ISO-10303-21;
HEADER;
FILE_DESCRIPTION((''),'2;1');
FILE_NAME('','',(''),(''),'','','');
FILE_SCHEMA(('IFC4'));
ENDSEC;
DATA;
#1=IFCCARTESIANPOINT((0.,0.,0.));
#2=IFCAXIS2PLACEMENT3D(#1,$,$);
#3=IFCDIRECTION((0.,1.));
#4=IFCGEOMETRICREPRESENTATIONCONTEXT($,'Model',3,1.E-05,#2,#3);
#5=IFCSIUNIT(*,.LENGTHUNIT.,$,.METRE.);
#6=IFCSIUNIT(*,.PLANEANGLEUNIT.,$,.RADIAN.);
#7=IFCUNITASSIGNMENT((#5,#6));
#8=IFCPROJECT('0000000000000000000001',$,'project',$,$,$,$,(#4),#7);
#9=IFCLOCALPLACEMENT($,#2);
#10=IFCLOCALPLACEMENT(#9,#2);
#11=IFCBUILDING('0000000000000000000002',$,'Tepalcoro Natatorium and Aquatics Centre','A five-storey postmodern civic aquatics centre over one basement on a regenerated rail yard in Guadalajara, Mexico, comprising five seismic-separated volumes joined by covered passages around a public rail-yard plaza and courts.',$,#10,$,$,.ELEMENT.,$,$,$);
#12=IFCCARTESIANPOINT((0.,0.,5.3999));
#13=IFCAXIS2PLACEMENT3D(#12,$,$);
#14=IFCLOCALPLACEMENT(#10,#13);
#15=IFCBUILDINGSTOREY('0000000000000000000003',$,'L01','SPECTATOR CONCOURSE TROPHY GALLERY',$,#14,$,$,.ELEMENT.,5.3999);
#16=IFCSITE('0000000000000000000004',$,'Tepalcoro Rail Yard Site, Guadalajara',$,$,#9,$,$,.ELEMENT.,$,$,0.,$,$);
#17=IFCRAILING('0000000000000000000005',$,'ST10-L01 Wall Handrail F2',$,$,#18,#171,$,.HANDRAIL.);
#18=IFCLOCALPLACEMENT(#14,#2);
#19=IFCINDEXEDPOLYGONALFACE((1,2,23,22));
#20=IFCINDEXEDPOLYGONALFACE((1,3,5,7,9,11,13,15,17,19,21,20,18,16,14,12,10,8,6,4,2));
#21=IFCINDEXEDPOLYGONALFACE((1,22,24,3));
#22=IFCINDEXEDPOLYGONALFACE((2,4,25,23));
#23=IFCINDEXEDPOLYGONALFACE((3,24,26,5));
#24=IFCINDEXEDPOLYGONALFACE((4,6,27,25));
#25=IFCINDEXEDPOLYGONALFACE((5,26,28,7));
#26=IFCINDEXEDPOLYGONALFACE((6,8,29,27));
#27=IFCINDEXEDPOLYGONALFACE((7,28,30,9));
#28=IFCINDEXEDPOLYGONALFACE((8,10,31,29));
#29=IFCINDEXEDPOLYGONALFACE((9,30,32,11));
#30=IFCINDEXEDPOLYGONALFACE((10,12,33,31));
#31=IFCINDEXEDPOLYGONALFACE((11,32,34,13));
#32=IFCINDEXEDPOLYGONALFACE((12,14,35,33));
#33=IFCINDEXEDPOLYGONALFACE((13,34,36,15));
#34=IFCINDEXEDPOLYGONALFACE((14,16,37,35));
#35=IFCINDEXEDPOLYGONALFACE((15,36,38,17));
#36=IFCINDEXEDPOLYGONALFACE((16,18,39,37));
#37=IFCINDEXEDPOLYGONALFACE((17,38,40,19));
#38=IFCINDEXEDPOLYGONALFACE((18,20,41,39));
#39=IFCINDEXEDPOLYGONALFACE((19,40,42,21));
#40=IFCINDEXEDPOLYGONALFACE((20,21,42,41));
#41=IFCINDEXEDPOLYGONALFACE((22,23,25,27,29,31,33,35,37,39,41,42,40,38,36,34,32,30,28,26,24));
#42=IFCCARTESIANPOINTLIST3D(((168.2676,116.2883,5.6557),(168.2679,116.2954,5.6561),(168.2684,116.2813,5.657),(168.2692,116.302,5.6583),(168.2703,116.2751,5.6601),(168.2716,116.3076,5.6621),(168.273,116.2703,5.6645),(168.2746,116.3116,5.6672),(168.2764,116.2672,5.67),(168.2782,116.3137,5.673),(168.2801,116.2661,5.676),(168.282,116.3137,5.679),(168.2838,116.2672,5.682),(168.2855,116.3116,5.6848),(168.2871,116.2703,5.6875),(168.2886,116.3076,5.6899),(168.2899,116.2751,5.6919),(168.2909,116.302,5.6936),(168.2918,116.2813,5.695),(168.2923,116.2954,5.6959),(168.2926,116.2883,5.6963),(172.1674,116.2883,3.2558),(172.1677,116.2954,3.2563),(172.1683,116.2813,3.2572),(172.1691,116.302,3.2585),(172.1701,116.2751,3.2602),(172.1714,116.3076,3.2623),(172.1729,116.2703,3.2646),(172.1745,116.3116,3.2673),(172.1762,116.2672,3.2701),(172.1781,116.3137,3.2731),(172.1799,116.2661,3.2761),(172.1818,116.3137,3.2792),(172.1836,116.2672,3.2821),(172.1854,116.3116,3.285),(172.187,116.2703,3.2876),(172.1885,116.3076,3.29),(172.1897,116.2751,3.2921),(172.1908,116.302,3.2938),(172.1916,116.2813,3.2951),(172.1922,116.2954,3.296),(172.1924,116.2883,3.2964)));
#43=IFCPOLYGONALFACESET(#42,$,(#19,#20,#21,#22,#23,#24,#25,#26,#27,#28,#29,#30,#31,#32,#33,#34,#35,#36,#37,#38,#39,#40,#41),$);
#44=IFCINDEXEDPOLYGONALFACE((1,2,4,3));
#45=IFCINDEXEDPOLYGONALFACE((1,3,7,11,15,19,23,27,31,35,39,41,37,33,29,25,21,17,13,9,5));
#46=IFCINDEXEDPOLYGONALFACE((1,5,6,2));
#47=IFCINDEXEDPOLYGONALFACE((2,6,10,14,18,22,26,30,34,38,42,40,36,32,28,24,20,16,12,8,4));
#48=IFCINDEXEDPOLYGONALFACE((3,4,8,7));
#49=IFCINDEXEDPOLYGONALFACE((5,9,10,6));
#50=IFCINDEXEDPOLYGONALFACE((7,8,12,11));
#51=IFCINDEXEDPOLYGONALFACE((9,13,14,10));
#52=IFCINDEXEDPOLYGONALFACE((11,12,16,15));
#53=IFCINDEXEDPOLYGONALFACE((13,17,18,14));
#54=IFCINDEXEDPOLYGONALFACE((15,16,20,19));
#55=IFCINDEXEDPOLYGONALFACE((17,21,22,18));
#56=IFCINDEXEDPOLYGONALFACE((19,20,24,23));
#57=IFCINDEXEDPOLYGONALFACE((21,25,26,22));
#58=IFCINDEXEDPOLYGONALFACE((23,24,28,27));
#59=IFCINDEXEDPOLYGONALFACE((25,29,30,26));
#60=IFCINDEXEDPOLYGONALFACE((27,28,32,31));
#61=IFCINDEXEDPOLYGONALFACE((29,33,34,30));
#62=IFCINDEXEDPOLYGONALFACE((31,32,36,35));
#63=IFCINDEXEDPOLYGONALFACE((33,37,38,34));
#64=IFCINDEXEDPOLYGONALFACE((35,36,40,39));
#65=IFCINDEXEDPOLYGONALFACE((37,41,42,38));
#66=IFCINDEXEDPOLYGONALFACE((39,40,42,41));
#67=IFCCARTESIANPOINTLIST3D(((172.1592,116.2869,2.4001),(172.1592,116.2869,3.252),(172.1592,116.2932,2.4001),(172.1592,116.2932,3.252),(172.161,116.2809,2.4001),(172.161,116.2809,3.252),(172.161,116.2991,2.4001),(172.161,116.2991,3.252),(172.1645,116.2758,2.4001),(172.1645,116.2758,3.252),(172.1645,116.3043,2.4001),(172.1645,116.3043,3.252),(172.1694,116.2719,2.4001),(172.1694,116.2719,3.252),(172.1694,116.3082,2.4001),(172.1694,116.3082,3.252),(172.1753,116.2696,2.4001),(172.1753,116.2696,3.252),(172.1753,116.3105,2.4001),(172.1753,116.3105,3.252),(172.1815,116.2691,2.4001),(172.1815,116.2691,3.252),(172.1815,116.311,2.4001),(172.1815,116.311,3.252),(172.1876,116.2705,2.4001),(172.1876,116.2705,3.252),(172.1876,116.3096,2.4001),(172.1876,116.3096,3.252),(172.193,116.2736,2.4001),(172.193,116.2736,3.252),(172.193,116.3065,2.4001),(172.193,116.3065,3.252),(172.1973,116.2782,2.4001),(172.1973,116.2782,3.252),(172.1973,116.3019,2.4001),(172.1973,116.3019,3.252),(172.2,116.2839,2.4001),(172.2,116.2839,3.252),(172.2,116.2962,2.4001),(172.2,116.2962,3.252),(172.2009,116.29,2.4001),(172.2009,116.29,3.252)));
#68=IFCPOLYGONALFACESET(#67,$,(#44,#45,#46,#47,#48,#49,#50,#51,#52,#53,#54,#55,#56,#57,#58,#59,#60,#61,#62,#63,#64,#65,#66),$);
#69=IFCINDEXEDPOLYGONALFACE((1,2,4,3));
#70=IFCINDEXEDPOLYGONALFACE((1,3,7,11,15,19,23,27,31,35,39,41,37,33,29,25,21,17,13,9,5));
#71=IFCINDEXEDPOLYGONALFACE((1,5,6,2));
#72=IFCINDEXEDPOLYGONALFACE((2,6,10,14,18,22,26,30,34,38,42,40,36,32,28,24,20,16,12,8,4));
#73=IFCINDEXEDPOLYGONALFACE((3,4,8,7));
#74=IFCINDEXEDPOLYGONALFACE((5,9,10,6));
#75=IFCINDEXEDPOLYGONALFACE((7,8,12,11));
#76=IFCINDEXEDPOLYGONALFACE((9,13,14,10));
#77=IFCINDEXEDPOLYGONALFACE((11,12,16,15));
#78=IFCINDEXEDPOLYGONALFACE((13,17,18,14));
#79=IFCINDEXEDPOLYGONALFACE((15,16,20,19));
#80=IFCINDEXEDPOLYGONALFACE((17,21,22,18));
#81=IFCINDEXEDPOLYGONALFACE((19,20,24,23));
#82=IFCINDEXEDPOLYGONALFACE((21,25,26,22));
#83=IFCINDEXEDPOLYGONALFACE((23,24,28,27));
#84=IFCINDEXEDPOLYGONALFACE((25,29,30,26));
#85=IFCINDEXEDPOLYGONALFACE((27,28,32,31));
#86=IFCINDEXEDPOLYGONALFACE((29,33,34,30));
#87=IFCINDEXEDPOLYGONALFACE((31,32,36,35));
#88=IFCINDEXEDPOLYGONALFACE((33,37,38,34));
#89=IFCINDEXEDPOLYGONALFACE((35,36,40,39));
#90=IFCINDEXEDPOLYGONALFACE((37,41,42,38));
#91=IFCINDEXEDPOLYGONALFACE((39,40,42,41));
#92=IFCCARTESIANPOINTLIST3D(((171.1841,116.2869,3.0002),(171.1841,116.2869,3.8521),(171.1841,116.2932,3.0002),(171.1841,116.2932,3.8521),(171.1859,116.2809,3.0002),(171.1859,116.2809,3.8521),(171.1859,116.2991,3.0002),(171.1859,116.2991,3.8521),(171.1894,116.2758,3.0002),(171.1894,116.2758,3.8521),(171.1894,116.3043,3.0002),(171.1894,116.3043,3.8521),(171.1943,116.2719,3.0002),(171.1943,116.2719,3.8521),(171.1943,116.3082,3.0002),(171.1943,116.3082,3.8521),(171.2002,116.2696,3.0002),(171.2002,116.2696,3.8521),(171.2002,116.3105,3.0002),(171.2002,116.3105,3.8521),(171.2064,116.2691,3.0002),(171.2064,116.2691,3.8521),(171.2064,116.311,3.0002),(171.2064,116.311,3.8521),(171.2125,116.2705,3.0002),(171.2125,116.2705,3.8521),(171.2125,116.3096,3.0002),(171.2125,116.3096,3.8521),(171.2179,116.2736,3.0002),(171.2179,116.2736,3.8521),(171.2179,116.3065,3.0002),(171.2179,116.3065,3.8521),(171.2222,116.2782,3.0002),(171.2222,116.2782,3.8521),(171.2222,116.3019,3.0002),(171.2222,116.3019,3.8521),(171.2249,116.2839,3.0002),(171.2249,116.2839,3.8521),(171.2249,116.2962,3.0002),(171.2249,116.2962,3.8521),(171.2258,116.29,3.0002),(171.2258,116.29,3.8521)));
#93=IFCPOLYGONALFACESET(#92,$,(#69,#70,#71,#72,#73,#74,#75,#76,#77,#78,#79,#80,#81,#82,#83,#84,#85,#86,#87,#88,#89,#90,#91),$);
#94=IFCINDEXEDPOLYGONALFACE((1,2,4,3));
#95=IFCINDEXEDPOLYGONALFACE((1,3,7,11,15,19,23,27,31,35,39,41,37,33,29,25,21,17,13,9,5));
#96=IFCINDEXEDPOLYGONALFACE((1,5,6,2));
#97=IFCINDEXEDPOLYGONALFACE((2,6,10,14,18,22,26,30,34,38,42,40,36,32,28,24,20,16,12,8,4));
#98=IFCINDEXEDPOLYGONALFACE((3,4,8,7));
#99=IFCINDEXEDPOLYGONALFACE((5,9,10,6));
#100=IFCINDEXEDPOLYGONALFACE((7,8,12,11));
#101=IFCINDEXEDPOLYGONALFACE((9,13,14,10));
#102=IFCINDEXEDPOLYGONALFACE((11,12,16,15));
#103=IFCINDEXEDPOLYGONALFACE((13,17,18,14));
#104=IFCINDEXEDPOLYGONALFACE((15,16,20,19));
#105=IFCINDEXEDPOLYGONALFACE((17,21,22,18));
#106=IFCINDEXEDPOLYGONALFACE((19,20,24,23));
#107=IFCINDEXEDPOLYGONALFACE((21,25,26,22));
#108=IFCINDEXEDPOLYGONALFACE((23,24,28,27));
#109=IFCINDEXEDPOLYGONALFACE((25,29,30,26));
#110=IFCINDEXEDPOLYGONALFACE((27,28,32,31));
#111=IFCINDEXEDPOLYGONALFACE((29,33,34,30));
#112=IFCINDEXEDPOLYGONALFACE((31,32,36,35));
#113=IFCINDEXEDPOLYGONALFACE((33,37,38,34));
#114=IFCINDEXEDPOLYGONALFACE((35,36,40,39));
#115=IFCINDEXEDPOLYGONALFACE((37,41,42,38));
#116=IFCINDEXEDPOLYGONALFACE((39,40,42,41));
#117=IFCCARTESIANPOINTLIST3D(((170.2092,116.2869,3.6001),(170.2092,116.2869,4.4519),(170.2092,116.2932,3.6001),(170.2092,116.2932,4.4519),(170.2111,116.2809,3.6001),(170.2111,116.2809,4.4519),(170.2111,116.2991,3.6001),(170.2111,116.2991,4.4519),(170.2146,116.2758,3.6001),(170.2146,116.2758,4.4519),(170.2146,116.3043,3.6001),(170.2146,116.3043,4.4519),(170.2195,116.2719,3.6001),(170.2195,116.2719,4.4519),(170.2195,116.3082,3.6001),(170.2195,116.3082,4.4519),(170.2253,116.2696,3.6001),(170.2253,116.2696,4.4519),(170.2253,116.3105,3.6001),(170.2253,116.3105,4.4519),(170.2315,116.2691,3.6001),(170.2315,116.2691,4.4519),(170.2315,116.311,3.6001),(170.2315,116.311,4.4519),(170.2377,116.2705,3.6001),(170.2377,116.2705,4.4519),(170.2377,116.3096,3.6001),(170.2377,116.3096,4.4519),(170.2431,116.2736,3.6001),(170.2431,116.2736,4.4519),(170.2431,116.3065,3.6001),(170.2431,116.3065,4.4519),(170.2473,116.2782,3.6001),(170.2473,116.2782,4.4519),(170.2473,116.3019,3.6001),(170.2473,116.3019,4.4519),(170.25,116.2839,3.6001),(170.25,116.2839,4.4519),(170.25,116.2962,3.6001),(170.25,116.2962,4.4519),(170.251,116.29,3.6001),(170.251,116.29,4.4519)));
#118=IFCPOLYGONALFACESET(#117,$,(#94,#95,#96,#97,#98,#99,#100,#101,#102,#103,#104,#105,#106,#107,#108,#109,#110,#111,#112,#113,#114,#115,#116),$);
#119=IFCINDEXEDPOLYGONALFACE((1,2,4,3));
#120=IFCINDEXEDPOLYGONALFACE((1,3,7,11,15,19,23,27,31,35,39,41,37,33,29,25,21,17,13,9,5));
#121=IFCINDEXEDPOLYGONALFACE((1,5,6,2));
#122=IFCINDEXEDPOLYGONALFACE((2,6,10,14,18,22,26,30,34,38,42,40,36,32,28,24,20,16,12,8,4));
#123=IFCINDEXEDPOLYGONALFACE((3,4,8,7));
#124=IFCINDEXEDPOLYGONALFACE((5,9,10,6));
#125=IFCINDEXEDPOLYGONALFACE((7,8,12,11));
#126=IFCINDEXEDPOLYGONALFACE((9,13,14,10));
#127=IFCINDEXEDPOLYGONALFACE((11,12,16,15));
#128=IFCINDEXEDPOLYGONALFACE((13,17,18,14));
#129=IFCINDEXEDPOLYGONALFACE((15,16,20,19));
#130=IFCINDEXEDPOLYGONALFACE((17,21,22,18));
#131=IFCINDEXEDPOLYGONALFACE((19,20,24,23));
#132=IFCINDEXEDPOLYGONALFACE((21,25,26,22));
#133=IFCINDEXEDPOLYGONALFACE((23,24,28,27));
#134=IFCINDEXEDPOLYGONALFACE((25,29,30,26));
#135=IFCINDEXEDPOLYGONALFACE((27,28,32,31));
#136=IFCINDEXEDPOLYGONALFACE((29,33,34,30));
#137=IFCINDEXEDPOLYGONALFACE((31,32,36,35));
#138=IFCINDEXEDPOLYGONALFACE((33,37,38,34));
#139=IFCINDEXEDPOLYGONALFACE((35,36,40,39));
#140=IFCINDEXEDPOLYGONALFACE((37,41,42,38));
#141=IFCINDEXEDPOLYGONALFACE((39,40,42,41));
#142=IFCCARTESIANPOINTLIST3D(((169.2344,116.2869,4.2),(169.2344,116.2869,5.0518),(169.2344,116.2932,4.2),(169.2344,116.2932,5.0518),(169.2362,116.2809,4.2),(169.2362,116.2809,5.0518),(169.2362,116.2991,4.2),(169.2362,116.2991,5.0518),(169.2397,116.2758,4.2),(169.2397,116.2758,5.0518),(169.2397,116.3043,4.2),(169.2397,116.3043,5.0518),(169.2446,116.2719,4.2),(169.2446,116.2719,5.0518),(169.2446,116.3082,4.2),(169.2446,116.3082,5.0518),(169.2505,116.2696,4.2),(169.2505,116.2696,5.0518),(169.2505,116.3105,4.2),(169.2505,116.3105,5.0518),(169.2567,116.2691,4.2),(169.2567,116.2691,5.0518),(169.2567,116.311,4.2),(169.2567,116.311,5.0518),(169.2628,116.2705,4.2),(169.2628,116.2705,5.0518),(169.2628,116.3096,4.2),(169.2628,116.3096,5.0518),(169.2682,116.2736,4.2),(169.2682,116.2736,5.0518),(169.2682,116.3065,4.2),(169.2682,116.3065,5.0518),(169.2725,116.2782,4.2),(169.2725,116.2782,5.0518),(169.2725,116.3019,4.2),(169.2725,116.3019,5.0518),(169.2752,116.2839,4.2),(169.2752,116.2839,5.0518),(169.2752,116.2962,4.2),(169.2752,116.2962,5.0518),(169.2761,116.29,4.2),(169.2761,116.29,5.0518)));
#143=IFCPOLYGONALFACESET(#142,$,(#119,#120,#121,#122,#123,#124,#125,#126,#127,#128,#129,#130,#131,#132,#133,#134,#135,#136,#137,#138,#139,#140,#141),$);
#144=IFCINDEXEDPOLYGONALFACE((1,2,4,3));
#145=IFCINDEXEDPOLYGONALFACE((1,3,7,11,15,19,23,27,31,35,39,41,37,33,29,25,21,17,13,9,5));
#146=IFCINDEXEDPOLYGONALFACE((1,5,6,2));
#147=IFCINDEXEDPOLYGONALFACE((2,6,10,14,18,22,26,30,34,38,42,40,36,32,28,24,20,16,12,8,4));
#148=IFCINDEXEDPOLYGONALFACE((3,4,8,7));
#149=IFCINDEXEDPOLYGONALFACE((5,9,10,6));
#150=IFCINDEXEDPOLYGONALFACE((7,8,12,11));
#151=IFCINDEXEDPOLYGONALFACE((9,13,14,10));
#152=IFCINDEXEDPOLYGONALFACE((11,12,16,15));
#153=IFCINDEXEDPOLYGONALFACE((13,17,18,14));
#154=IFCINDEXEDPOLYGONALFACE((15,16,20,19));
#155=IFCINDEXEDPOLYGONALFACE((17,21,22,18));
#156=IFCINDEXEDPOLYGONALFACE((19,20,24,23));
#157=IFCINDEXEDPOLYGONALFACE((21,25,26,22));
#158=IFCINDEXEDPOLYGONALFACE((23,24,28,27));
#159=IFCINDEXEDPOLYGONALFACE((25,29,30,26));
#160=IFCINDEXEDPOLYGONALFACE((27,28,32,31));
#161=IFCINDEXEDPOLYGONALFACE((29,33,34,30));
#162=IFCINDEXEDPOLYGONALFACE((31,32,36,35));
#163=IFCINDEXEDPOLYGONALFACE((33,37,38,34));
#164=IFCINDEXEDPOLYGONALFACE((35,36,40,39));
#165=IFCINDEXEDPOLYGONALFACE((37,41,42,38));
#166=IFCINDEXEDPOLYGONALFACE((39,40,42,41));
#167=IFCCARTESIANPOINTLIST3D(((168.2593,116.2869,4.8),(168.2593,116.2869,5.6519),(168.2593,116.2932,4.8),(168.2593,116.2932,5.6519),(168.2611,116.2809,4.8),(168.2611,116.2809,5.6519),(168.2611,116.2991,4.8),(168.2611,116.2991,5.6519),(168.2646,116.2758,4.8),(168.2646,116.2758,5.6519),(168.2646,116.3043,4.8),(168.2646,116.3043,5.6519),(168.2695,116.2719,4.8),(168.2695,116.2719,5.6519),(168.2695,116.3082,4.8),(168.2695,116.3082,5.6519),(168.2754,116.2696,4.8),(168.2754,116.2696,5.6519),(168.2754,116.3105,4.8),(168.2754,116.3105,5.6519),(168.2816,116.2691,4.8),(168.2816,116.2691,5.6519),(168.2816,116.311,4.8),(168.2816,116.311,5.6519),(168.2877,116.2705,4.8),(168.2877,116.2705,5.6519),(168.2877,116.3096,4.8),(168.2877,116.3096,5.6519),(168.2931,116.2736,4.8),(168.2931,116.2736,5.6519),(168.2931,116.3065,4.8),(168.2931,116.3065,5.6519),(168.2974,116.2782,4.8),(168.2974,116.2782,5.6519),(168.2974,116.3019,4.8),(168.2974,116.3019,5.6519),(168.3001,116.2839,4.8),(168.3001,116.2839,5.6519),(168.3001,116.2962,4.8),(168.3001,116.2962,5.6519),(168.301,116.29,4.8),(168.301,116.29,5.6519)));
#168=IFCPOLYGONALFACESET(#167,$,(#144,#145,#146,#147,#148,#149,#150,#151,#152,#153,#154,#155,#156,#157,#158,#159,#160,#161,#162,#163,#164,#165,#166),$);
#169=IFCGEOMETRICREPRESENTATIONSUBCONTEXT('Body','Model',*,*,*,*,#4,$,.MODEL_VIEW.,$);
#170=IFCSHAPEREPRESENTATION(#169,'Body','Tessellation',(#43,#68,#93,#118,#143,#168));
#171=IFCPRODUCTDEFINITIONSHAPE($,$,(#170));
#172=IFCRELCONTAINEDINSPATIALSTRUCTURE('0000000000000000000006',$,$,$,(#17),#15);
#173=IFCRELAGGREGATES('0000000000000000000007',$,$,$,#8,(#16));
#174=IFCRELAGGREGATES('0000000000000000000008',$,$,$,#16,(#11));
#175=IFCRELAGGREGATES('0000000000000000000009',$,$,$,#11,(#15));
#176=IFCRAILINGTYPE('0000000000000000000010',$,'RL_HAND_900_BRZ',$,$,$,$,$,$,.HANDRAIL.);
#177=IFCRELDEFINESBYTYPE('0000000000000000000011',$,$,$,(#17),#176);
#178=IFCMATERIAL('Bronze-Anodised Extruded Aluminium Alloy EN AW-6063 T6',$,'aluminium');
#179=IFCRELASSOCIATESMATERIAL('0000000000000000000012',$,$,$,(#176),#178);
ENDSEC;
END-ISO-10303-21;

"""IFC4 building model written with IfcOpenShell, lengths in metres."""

from ifc_helpers import new_model, si_unit, direction, frame, origin, origin_2d, place, context, subcontext, project, spatial, circle, extrude, material, type_object, element, save


model = new_model("IFC4")

# Units and contexts
model_context = context("Model", 3, precision=1e-05, world=origin(), true_north=direction((0.0, 1.0)))
body_context = subcontext(model_context, "Body", "Model", "MODEL_VIEW")
ifc_project = project(units=[si_unit("LENGTHUNIT", "METRE"), si_unit("PLANEANGLEUNIT", "RADIAN")], contexts=[model_context])

# Site, building, storey
site_placement = place(None, origin())
site = spatial("IfcSite", under=ifc_project, at=site_placement, Name="Tepalcoro Rail Yard Site, Guadalajara", CompositionType="ELEMENT", RefElevation=0.0)
building_placement = place(site_placement, origin())
building = spatial("IfcBuilding", under=site, at=building_placement, Name="Tepalcoro Natatorium and Aquatics Centre", Description="A five-storey postmodern civic aquatics centre over one basement on a regenerated rail yard in Guadalajara, Mexico, comprising five seismic-separated volumes joined by covered passages around a public rail-yard plaza and courts.", CompositionType="ELEMENT")
storey_placement = place(building_placement, frame((0.0, 0.0, 5.3999)))
storey = spatial("IfcBuildingStorey", under=building, at=storey_placement, Name="L01", Description="SPECTATOR CONCOURSE TROPHY GALLERY", CompositionType="ELEMENT", Elevation=5.3999)

# Shared definitions
ifc_material_1 = material(Name="Bronze-Anodised Extruded Aluminium Alloy EN AW-6063 T6", Category="aluminium")

# Railing
railing_type = type_object("IfcRailingType", Name="RL_HAND_900_BRZ", PredefinedType="HANDRAIL", material=ifc_material_1)
railing_placement = place(storey_placement, frame((172.1799, 116.29, 2.4001)))
element("IfcRailing", 1, at=railing_placement, inside=storey, type_object=railing_type, Name="ST10-L01 Wall Handrail F2", PredefinedType="HANDRAIL", context=body_context, shape_type="SweptSolid", body=[
    extrude(circle(Radius=0.0239, at=origin_2d()), frame((0.0, 0.0, 0.876), z_axis=(-0.851662, 0.0, 0.524091), x_axis=(0.0, -1.0, 0.0)), (0.0, 0.0, 1.0), 4.5791),
    extrude(circle(Radius=0.021, at=origin_2d()), origin(), (0.0, 0.0, 1.0), 0.8518),
    extrude(circle(Radius=0.021, at=origin_2d()), frame((-0.9751, 0.0, 0.6001)), (0.0, 0.0, 1.0), 0.8518),
    extrude(circle(Radius=0.021, at=origin_2d()), frame((-1.95, 0.0, 1.2)), (0.0, 0.0, 1.0), 0.8518),
    extrude(circle(Radius=0.021, at=origin_2d()), frame((-2.9248, 0.0, 1.7998)), (0.0, 0.0, 1.0), 0.8518),
    extrude(circle(Radius=0.021, at=origin_2d()), frame((-3.8999, 0.0, 2.3999)), (0.0, 0.0, 1.0), 0.8518),
])

save(model, "model.ifc")
